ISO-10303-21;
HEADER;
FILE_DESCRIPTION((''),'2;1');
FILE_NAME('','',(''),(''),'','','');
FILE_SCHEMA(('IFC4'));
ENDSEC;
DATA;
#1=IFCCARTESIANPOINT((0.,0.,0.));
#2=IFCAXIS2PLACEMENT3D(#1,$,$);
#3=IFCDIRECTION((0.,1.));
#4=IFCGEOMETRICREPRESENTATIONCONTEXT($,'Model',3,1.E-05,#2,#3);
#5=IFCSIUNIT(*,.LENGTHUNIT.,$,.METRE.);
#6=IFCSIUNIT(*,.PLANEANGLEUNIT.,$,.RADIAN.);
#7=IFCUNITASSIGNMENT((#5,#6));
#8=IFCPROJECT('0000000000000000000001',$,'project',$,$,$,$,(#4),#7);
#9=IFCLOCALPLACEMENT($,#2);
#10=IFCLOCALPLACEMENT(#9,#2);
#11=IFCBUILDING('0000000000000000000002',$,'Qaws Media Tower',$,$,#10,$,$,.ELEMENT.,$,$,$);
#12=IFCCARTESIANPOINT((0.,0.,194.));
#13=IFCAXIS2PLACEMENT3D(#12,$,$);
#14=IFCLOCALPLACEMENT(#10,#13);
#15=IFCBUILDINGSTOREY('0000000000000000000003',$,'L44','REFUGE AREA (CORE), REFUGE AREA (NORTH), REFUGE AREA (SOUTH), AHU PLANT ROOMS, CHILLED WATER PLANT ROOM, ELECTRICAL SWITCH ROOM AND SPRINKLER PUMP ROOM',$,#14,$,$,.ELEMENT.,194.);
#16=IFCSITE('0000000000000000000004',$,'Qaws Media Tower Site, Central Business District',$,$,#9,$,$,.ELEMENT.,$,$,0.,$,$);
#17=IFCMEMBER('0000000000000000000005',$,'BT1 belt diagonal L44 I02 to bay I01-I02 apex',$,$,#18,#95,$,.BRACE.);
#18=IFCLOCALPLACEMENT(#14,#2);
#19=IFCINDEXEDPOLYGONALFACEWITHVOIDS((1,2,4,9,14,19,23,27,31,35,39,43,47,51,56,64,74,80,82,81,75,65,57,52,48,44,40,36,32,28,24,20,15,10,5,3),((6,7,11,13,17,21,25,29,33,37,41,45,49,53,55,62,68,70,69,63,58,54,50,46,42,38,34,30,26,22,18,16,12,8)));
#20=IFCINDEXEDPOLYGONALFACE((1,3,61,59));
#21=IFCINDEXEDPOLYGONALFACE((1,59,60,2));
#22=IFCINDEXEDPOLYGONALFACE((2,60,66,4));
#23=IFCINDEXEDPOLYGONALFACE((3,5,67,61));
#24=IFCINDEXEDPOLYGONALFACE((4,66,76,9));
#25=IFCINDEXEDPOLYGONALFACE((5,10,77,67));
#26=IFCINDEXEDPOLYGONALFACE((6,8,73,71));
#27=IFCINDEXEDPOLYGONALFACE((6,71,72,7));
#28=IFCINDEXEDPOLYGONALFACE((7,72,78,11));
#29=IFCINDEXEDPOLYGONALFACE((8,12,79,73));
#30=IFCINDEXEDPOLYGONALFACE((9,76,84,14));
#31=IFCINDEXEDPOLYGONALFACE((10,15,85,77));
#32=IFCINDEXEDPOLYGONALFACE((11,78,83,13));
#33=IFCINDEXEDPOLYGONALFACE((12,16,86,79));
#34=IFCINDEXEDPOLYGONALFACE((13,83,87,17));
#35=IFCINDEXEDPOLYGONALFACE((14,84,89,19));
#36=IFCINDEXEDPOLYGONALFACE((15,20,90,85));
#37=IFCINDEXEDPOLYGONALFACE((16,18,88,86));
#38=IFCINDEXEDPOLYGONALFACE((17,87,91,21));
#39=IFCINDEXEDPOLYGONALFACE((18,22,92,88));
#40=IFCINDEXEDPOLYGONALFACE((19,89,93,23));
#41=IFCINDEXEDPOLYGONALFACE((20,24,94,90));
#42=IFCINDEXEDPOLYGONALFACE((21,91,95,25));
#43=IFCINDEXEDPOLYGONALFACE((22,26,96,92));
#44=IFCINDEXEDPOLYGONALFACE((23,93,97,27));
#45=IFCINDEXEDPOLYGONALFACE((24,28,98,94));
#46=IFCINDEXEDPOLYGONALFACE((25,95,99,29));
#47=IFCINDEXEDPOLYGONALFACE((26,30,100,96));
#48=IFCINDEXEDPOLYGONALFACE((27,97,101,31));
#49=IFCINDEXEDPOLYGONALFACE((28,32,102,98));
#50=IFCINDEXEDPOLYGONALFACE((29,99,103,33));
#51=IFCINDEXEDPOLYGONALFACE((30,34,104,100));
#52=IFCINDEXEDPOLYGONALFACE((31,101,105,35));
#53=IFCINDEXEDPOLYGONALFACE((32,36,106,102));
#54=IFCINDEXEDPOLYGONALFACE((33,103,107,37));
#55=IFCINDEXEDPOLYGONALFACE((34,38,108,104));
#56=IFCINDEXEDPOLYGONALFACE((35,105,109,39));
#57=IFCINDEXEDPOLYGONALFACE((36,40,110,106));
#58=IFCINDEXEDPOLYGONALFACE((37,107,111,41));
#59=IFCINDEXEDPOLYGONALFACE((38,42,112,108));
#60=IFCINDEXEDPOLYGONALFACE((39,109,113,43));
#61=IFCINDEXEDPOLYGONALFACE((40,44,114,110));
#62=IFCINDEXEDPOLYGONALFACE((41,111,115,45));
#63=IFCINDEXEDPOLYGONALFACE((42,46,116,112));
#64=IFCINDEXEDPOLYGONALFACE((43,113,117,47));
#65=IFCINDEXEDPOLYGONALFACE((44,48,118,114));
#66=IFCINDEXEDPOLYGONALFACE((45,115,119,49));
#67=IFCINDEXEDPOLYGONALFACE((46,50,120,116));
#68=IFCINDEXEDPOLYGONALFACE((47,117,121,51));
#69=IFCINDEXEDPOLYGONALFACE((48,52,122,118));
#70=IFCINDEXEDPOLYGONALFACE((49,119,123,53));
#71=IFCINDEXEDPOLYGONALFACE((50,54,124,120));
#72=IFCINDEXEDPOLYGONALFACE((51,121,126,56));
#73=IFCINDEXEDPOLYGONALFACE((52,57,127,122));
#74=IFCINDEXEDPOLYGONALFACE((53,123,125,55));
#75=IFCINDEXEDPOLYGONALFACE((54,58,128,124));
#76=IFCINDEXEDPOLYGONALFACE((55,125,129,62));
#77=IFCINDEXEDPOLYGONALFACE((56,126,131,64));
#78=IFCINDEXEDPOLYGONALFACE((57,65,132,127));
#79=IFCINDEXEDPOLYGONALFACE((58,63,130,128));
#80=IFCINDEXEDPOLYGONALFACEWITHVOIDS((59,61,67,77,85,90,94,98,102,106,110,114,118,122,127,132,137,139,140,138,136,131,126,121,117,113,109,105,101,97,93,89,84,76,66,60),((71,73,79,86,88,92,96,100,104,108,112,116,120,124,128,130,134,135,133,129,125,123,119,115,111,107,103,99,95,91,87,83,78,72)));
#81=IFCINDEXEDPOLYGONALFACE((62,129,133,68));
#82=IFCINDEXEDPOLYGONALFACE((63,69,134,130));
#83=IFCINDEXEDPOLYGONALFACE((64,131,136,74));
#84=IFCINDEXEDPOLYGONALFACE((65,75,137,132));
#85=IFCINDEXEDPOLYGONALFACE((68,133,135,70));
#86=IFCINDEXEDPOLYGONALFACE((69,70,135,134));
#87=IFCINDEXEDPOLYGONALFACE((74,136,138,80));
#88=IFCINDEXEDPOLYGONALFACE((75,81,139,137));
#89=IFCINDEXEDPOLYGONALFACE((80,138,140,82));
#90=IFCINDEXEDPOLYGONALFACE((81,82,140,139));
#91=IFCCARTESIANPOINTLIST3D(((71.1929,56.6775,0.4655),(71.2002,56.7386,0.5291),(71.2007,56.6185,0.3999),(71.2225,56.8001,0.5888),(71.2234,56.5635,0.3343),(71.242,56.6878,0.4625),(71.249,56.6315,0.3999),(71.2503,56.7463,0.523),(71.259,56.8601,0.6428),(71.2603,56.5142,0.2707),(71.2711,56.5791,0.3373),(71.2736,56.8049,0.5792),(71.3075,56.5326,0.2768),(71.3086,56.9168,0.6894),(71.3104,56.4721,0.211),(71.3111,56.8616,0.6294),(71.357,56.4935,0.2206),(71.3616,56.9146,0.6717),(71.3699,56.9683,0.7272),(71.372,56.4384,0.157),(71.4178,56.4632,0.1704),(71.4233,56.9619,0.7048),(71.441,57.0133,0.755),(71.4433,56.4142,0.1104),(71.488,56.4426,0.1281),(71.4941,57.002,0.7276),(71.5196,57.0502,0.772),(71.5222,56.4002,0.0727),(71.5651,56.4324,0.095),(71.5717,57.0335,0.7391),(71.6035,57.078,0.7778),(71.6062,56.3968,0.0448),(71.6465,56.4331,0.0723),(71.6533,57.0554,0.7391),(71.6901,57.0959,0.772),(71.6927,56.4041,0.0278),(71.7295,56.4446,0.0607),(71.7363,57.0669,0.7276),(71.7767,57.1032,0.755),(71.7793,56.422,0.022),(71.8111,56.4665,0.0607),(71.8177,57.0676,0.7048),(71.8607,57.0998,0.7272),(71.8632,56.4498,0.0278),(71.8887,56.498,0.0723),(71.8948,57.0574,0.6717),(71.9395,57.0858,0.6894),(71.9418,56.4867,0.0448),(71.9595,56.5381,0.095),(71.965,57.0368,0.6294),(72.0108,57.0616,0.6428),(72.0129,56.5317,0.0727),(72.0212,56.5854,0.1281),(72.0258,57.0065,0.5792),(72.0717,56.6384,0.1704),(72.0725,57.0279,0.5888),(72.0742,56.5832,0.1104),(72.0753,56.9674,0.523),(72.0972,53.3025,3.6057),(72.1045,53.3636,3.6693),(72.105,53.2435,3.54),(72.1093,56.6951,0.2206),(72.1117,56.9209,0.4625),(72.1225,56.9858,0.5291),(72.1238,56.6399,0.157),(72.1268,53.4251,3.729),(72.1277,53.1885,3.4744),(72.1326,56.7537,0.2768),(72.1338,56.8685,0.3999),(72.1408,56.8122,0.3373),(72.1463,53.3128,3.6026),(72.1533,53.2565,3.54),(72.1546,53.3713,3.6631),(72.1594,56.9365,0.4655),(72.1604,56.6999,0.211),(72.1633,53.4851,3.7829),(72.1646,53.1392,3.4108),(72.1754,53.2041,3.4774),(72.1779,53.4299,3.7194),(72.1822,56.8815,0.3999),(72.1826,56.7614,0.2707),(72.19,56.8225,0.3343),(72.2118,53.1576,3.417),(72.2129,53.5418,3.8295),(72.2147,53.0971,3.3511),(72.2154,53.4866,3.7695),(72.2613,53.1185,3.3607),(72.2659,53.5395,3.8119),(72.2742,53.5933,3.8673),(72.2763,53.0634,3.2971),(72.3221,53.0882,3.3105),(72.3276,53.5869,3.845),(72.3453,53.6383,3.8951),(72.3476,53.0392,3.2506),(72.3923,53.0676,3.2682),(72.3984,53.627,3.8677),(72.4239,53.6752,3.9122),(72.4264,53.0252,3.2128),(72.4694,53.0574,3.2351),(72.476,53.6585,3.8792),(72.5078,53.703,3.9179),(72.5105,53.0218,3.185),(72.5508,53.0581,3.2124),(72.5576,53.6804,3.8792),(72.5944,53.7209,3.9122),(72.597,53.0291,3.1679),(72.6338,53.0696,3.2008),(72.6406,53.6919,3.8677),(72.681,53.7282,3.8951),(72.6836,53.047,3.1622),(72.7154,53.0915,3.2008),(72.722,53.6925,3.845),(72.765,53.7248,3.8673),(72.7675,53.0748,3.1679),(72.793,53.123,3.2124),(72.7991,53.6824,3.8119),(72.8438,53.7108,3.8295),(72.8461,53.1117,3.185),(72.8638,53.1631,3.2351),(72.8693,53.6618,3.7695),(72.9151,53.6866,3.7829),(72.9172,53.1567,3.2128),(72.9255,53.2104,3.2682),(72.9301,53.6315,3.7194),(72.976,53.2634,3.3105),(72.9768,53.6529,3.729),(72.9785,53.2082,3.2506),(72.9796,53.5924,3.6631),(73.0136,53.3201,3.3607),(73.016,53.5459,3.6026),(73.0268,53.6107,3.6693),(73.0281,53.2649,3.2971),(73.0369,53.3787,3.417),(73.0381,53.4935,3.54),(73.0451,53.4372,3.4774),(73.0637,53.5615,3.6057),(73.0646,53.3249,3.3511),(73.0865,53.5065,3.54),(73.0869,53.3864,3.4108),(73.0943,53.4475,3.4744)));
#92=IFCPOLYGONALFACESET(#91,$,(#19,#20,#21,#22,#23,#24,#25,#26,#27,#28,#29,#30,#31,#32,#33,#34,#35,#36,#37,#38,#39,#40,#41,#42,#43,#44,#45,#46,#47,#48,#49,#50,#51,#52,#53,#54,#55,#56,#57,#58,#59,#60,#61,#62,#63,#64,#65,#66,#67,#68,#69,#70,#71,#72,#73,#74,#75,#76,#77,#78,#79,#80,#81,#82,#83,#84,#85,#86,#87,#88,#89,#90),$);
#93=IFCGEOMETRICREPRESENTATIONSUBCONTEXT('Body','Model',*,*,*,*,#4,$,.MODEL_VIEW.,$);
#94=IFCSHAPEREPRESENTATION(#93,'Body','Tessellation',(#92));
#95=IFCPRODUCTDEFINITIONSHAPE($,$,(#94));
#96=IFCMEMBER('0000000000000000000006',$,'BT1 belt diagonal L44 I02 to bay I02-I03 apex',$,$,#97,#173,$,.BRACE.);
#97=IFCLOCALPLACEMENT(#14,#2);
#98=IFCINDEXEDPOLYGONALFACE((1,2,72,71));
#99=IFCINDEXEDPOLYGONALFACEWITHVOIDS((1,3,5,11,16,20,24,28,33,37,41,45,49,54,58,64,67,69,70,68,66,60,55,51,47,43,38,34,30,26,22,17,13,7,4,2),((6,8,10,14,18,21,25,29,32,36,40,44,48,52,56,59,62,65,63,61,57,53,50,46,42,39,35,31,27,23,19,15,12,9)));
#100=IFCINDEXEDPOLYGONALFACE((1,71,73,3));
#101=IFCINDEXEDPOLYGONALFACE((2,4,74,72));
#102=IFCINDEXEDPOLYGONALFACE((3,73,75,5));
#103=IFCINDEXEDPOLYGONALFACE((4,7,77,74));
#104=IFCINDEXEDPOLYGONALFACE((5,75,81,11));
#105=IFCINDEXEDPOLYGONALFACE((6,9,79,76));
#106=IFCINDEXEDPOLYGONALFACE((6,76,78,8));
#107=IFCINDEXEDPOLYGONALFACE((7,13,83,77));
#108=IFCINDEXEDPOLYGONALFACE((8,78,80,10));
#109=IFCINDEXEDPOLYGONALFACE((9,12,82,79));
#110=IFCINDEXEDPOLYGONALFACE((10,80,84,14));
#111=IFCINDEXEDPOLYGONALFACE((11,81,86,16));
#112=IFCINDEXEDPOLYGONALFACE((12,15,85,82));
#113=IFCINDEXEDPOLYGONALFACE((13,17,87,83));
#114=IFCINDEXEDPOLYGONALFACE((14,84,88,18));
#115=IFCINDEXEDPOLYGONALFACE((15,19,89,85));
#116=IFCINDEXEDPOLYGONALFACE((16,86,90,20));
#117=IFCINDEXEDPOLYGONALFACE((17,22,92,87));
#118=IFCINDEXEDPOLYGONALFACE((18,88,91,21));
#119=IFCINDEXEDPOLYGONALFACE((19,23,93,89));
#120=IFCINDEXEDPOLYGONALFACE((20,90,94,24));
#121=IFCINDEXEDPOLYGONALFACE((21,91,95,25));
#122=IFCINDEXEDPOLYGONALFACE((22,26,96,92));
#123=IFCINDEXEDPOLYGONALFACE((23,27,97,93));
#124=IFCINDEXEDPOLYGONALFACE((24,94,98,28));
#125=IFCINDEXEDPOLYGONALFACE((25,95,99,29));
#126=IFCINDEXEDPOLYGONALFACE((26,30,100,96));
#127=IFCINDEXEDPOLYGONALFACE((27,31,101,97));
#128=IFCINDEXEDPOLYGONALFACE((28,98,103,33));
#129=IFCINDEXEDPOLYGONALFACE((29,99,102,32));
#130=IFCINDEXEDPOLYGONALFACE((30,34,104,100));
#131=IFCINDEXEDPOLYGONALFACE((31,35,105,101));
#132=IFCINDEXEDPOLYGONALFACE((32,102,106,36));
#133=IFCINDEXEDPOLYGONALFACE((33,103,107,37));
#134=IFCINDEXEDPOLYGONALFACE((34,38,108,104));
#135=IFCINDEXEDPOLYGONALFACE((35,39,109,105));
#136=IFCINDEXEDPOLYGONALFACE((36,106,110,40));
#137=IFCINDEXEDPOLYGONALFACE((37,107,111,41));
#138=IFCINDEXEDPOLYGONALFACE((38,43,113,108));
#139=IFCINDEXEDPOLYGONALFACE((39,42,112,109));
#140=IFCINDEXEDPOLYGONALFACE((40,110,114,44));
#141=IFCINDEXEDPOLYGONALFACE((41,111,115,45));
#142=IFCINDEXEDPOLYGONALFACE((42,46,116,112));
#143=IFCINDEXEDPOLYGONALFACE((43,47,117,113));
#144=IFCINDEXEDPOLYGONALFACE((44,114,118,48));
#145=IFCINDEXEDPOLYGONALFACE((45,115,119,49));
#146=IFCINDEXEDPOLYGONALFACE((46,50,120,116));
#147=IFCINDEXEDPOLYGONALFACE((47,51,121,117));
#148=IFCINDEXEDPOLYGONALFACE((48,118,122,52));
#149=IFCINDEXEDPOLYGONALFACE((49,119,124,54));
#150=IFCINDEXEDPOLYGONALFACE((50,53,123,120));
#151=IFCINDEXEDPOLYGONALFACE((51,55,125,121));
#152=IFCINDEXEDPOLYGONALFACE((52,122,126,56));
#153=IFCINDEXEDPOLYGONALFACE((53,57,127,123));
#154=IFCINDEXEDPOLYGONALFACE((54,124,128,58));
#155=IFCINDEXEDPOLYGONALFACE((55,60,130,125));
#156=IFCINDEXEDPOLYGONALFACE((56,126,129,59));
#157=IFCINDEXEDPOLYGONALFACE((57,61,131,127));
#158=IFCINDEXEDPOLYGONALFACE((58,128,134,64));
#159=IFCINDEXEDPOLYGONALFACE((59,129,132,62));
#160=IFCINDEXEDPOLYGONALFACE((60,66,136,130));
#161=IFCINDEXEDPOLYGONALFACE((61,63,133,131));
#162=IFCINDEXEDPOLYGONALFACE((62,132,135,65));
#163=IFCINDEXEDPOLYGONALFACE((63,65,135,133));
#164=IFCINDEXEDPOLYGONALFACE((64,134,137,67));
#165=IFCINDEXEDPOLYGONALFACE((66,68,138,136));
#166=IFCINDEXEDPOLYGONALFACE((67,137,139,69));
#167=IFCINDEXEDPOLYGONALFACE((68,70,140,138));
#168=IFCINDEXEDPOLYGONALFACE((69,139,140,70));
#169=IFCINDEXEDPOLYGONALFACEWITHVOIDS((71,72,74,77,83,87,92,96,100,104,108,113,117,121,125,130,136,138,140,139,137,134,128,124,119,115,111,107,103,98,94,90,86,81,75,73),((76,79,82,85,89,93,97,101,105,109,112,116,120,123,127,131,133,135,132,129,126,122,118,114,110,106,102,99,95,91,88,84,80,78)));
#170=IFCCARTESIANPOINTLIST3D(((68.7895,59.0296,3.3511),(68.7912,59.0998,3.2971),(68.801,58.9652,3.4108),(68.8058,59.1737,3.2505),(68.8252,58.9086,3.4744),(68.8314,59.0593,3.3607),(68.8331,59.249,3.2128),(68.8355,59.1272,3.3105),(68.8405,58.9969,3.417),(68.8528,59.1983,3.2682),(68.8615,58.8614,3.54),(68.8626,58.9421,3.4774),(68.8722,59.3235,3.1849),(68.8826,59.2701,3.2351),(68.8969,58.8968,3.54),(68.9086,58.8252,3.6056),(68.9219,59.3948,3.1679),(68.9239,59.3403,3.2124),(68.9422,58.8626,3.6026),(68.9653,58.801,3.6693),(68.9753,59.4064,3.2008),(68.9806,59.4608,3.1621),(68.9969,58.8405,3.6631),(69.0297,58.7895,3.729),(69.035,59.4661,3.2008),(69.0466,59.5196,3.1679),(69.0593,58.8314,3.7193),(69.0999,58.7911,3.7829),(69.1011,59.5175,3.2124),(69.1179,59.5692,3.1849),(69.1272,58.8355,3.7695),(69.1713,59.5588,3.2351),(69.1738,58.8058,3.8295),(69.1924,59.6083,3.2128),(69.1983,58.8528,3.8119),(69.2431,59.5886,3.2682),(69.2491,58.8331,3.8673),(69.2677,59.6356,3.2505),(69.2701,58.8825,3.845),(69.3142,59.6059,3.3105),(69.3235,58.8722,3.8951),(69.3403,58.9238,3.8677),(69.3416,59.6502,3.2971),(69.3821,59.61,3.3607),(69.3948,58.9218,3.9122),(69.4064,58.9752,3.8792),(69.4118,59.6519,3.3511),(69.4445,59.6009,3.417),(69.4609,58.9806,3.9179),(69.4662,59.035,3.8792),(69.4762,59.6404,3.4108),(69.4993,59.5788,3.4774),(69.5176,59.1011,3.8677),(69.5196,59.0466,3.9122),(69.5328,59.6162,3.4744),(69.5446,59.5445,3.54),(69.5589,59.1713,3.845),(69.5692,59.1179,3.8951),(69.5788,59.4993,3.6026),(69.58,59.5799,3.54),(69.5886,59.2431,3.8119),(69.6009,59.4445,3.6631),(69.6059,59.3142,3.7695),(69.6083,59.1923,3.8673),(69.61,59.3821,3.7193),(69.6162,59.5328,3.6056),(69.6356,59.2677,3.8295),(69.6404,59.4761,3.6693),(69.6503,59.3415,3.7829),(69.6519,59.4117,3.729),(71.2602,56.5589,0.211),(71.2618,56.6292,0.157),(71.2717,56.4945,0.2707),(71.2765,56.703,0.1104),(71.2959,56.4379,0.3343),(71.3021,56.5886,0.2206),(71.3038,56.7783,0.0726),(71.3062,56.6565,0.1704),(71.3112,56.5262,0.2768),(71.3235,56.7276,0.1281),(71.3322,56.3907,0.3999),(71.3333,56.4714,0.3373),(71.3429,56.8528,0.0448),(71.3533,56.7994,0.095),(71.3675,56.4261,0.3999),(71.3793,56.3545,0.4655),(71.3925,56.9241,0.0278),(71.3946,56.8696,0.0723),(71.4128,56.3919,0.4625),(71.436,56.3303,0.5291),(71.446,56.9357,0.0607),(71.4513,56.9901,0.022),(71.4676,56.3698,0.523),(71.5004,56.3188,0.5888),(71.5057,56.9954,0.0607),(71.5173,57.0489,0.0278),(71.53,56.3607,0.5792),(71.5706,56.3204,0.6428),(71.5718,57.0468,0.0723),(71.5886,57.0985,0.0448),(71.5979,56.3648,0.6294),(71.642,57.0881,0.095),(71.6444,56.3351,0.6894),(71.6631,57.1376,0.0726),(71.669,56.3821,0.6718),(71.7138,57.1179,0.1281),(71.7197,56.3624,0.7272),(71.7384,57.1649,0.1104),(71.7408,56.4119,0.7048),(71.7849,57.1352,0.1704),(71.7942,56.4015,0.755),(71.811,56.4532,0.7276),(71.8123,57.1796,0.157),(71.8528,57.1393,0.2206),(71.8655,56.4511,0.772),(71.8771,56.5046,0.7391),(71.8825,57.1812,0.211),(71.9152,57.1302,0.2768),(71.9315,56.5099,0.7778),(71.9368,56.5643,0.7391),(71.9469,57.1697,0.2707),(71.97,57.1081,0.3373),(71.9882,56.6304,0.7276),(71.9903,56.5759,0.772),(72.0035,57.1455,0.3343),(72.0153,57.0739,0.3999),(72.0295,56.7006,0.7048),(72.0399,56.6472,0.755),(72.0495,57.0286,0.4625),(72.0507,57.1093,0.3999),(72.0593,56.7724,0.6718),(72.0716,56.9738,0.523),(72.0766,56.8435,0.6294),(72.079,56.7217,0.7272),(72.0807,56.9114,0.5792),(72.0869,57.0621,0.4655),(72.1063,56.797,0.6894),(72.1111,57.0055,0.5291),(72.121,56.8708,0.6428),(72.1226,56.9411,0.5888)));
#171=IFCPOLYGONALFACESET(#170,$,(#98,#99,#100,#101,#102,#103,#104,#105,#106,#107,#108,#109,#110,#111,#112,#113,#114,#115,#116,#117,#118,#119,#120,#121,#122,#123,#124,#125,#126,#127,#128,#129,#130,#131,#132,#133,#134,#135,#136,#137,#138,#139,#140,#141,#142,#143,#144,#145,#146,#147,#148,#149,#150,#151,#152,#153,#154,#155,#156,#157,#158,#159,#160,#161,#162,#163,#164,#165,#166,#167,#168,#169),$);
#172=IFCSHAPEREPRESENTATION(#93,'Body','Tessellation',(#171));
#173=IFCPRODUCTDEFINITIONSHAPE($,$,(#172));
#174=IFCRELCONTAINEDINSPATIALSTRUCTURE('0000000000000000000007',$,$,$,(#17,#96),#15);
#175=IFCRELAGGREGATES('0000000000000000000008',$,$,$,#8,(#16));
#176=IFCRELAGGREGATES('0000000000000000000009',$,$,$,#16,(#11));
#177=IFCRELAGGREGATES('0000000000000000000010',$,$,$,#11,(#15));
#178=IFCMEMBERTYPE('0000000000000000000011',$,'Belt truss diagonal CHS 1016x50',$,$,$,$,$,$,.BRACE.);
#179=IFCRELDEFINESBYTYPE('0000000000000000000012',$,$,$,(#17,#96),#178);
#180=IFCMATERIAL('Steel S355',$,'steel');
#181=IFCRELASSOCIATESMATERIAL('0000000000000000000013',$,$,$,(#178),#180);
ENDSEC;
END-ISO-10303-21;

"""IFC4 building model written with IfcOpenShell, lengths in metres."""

from ifc_helpers import new_model, si_unit, direction, frame, origin, origin_2d, place, context, subcontext, project, spatial, hollow_circle, extrude, material, material_profile, profile_set, type_object, element, save


model = new_model("IFC4")

# Units and contexts
model_context = context("Model", 3, precision=1e-05, world=origin(), true_north=direction((0.0, 1.0)))
body_context = subcontext(model_context, "Body", "Model", "MODEL_VIEW")
ifc_project = project(units=[si_unit("LENGTHUNIT", "METRE"), si_unit("PLANEANGLEUNIT", "RADIAN")], contexts=[model_context])

# Site, building, storey
site_placement = place(None, origin())
site = spatial("IfcSite", under=ifc_project, at=site_placement, Name="Qaws Media Tower Site, Central Business District", CompositionType="ELEMENT", RefElevation=0.0)
building_placement = place(site_placement, origin())
building = spatial("IfcBuilding", under=site, at=building_placement, Name="Qaws Media Tower", CompositionType="ELEMENT")
storey_placement = place(building_placement, frame((0.0, 0.0, 194.0)))
storey = spatial("IfcBuildingStorey", under=building, at=storey_placement, Name="L44", Description="REFUGE AREA (CORE), REFUGE AREA (NORTH), REFUGE AREA (SOUTH), AHU PLANT ROOMS, CHILLED WATER PLANT ROOM, ELECTRICAL SWITCH ROOM AND SPRINKLER PUMP ROOM", CompositionType="ELEMENT", Elevation=194.0)

# Members
ifc_material_1 = material(Name="Steel S355", Category="steel")
ifc_material_profile_1 = material_profile(ifc_material_1, hollow_circle(Radius=0.5081, WallThickness=0.05, at=origin_2d()), Name="CHS 1016x50")
ifc_profile_set_1 = profile_set([ifc_material_profile_1], Name="Steel S355")
member_type_1 = type_object("IfcMemberType", Name="Belt truss diagonal CHS 1016x50", PredefinedType="BRACE", material=ifc_profile_set_1)
for number, where, z_axis, x_axis, name in (
    (1, (71.6914, 56.75, 0.3999), (0.192496, -0.718429, 0.668434), (0.965928, 0.258811, 0.0), "BT1 belt diagonal L44 I02 to bay I01-I02 apex"),
    (2, (71.6914, 56.75, 0.3999), (-0.525929, 0.525929, 0.668429), (-0.707107, -0.707107, 0.0), "BT1 belt diagonal L44 I02 to bay I02-I03 apex"),
):
    element("IfcMember", number, at=place(storey_placement, frame(where, z_axis=z_axis, x_axis=x_axis)), inside=storey, type_object=member_type_1, Name=name, PredefinedType="BRACE", context=body_context, shape_type="SweptSolid", body=[
        extrude(hollow_circle(Radius=0.5081, WallThickness=0.05, at=origin_2d()), origin(), (0.0, 0.0, 1.0), 4.6978),
    ])

save(model, "model.ifc")
